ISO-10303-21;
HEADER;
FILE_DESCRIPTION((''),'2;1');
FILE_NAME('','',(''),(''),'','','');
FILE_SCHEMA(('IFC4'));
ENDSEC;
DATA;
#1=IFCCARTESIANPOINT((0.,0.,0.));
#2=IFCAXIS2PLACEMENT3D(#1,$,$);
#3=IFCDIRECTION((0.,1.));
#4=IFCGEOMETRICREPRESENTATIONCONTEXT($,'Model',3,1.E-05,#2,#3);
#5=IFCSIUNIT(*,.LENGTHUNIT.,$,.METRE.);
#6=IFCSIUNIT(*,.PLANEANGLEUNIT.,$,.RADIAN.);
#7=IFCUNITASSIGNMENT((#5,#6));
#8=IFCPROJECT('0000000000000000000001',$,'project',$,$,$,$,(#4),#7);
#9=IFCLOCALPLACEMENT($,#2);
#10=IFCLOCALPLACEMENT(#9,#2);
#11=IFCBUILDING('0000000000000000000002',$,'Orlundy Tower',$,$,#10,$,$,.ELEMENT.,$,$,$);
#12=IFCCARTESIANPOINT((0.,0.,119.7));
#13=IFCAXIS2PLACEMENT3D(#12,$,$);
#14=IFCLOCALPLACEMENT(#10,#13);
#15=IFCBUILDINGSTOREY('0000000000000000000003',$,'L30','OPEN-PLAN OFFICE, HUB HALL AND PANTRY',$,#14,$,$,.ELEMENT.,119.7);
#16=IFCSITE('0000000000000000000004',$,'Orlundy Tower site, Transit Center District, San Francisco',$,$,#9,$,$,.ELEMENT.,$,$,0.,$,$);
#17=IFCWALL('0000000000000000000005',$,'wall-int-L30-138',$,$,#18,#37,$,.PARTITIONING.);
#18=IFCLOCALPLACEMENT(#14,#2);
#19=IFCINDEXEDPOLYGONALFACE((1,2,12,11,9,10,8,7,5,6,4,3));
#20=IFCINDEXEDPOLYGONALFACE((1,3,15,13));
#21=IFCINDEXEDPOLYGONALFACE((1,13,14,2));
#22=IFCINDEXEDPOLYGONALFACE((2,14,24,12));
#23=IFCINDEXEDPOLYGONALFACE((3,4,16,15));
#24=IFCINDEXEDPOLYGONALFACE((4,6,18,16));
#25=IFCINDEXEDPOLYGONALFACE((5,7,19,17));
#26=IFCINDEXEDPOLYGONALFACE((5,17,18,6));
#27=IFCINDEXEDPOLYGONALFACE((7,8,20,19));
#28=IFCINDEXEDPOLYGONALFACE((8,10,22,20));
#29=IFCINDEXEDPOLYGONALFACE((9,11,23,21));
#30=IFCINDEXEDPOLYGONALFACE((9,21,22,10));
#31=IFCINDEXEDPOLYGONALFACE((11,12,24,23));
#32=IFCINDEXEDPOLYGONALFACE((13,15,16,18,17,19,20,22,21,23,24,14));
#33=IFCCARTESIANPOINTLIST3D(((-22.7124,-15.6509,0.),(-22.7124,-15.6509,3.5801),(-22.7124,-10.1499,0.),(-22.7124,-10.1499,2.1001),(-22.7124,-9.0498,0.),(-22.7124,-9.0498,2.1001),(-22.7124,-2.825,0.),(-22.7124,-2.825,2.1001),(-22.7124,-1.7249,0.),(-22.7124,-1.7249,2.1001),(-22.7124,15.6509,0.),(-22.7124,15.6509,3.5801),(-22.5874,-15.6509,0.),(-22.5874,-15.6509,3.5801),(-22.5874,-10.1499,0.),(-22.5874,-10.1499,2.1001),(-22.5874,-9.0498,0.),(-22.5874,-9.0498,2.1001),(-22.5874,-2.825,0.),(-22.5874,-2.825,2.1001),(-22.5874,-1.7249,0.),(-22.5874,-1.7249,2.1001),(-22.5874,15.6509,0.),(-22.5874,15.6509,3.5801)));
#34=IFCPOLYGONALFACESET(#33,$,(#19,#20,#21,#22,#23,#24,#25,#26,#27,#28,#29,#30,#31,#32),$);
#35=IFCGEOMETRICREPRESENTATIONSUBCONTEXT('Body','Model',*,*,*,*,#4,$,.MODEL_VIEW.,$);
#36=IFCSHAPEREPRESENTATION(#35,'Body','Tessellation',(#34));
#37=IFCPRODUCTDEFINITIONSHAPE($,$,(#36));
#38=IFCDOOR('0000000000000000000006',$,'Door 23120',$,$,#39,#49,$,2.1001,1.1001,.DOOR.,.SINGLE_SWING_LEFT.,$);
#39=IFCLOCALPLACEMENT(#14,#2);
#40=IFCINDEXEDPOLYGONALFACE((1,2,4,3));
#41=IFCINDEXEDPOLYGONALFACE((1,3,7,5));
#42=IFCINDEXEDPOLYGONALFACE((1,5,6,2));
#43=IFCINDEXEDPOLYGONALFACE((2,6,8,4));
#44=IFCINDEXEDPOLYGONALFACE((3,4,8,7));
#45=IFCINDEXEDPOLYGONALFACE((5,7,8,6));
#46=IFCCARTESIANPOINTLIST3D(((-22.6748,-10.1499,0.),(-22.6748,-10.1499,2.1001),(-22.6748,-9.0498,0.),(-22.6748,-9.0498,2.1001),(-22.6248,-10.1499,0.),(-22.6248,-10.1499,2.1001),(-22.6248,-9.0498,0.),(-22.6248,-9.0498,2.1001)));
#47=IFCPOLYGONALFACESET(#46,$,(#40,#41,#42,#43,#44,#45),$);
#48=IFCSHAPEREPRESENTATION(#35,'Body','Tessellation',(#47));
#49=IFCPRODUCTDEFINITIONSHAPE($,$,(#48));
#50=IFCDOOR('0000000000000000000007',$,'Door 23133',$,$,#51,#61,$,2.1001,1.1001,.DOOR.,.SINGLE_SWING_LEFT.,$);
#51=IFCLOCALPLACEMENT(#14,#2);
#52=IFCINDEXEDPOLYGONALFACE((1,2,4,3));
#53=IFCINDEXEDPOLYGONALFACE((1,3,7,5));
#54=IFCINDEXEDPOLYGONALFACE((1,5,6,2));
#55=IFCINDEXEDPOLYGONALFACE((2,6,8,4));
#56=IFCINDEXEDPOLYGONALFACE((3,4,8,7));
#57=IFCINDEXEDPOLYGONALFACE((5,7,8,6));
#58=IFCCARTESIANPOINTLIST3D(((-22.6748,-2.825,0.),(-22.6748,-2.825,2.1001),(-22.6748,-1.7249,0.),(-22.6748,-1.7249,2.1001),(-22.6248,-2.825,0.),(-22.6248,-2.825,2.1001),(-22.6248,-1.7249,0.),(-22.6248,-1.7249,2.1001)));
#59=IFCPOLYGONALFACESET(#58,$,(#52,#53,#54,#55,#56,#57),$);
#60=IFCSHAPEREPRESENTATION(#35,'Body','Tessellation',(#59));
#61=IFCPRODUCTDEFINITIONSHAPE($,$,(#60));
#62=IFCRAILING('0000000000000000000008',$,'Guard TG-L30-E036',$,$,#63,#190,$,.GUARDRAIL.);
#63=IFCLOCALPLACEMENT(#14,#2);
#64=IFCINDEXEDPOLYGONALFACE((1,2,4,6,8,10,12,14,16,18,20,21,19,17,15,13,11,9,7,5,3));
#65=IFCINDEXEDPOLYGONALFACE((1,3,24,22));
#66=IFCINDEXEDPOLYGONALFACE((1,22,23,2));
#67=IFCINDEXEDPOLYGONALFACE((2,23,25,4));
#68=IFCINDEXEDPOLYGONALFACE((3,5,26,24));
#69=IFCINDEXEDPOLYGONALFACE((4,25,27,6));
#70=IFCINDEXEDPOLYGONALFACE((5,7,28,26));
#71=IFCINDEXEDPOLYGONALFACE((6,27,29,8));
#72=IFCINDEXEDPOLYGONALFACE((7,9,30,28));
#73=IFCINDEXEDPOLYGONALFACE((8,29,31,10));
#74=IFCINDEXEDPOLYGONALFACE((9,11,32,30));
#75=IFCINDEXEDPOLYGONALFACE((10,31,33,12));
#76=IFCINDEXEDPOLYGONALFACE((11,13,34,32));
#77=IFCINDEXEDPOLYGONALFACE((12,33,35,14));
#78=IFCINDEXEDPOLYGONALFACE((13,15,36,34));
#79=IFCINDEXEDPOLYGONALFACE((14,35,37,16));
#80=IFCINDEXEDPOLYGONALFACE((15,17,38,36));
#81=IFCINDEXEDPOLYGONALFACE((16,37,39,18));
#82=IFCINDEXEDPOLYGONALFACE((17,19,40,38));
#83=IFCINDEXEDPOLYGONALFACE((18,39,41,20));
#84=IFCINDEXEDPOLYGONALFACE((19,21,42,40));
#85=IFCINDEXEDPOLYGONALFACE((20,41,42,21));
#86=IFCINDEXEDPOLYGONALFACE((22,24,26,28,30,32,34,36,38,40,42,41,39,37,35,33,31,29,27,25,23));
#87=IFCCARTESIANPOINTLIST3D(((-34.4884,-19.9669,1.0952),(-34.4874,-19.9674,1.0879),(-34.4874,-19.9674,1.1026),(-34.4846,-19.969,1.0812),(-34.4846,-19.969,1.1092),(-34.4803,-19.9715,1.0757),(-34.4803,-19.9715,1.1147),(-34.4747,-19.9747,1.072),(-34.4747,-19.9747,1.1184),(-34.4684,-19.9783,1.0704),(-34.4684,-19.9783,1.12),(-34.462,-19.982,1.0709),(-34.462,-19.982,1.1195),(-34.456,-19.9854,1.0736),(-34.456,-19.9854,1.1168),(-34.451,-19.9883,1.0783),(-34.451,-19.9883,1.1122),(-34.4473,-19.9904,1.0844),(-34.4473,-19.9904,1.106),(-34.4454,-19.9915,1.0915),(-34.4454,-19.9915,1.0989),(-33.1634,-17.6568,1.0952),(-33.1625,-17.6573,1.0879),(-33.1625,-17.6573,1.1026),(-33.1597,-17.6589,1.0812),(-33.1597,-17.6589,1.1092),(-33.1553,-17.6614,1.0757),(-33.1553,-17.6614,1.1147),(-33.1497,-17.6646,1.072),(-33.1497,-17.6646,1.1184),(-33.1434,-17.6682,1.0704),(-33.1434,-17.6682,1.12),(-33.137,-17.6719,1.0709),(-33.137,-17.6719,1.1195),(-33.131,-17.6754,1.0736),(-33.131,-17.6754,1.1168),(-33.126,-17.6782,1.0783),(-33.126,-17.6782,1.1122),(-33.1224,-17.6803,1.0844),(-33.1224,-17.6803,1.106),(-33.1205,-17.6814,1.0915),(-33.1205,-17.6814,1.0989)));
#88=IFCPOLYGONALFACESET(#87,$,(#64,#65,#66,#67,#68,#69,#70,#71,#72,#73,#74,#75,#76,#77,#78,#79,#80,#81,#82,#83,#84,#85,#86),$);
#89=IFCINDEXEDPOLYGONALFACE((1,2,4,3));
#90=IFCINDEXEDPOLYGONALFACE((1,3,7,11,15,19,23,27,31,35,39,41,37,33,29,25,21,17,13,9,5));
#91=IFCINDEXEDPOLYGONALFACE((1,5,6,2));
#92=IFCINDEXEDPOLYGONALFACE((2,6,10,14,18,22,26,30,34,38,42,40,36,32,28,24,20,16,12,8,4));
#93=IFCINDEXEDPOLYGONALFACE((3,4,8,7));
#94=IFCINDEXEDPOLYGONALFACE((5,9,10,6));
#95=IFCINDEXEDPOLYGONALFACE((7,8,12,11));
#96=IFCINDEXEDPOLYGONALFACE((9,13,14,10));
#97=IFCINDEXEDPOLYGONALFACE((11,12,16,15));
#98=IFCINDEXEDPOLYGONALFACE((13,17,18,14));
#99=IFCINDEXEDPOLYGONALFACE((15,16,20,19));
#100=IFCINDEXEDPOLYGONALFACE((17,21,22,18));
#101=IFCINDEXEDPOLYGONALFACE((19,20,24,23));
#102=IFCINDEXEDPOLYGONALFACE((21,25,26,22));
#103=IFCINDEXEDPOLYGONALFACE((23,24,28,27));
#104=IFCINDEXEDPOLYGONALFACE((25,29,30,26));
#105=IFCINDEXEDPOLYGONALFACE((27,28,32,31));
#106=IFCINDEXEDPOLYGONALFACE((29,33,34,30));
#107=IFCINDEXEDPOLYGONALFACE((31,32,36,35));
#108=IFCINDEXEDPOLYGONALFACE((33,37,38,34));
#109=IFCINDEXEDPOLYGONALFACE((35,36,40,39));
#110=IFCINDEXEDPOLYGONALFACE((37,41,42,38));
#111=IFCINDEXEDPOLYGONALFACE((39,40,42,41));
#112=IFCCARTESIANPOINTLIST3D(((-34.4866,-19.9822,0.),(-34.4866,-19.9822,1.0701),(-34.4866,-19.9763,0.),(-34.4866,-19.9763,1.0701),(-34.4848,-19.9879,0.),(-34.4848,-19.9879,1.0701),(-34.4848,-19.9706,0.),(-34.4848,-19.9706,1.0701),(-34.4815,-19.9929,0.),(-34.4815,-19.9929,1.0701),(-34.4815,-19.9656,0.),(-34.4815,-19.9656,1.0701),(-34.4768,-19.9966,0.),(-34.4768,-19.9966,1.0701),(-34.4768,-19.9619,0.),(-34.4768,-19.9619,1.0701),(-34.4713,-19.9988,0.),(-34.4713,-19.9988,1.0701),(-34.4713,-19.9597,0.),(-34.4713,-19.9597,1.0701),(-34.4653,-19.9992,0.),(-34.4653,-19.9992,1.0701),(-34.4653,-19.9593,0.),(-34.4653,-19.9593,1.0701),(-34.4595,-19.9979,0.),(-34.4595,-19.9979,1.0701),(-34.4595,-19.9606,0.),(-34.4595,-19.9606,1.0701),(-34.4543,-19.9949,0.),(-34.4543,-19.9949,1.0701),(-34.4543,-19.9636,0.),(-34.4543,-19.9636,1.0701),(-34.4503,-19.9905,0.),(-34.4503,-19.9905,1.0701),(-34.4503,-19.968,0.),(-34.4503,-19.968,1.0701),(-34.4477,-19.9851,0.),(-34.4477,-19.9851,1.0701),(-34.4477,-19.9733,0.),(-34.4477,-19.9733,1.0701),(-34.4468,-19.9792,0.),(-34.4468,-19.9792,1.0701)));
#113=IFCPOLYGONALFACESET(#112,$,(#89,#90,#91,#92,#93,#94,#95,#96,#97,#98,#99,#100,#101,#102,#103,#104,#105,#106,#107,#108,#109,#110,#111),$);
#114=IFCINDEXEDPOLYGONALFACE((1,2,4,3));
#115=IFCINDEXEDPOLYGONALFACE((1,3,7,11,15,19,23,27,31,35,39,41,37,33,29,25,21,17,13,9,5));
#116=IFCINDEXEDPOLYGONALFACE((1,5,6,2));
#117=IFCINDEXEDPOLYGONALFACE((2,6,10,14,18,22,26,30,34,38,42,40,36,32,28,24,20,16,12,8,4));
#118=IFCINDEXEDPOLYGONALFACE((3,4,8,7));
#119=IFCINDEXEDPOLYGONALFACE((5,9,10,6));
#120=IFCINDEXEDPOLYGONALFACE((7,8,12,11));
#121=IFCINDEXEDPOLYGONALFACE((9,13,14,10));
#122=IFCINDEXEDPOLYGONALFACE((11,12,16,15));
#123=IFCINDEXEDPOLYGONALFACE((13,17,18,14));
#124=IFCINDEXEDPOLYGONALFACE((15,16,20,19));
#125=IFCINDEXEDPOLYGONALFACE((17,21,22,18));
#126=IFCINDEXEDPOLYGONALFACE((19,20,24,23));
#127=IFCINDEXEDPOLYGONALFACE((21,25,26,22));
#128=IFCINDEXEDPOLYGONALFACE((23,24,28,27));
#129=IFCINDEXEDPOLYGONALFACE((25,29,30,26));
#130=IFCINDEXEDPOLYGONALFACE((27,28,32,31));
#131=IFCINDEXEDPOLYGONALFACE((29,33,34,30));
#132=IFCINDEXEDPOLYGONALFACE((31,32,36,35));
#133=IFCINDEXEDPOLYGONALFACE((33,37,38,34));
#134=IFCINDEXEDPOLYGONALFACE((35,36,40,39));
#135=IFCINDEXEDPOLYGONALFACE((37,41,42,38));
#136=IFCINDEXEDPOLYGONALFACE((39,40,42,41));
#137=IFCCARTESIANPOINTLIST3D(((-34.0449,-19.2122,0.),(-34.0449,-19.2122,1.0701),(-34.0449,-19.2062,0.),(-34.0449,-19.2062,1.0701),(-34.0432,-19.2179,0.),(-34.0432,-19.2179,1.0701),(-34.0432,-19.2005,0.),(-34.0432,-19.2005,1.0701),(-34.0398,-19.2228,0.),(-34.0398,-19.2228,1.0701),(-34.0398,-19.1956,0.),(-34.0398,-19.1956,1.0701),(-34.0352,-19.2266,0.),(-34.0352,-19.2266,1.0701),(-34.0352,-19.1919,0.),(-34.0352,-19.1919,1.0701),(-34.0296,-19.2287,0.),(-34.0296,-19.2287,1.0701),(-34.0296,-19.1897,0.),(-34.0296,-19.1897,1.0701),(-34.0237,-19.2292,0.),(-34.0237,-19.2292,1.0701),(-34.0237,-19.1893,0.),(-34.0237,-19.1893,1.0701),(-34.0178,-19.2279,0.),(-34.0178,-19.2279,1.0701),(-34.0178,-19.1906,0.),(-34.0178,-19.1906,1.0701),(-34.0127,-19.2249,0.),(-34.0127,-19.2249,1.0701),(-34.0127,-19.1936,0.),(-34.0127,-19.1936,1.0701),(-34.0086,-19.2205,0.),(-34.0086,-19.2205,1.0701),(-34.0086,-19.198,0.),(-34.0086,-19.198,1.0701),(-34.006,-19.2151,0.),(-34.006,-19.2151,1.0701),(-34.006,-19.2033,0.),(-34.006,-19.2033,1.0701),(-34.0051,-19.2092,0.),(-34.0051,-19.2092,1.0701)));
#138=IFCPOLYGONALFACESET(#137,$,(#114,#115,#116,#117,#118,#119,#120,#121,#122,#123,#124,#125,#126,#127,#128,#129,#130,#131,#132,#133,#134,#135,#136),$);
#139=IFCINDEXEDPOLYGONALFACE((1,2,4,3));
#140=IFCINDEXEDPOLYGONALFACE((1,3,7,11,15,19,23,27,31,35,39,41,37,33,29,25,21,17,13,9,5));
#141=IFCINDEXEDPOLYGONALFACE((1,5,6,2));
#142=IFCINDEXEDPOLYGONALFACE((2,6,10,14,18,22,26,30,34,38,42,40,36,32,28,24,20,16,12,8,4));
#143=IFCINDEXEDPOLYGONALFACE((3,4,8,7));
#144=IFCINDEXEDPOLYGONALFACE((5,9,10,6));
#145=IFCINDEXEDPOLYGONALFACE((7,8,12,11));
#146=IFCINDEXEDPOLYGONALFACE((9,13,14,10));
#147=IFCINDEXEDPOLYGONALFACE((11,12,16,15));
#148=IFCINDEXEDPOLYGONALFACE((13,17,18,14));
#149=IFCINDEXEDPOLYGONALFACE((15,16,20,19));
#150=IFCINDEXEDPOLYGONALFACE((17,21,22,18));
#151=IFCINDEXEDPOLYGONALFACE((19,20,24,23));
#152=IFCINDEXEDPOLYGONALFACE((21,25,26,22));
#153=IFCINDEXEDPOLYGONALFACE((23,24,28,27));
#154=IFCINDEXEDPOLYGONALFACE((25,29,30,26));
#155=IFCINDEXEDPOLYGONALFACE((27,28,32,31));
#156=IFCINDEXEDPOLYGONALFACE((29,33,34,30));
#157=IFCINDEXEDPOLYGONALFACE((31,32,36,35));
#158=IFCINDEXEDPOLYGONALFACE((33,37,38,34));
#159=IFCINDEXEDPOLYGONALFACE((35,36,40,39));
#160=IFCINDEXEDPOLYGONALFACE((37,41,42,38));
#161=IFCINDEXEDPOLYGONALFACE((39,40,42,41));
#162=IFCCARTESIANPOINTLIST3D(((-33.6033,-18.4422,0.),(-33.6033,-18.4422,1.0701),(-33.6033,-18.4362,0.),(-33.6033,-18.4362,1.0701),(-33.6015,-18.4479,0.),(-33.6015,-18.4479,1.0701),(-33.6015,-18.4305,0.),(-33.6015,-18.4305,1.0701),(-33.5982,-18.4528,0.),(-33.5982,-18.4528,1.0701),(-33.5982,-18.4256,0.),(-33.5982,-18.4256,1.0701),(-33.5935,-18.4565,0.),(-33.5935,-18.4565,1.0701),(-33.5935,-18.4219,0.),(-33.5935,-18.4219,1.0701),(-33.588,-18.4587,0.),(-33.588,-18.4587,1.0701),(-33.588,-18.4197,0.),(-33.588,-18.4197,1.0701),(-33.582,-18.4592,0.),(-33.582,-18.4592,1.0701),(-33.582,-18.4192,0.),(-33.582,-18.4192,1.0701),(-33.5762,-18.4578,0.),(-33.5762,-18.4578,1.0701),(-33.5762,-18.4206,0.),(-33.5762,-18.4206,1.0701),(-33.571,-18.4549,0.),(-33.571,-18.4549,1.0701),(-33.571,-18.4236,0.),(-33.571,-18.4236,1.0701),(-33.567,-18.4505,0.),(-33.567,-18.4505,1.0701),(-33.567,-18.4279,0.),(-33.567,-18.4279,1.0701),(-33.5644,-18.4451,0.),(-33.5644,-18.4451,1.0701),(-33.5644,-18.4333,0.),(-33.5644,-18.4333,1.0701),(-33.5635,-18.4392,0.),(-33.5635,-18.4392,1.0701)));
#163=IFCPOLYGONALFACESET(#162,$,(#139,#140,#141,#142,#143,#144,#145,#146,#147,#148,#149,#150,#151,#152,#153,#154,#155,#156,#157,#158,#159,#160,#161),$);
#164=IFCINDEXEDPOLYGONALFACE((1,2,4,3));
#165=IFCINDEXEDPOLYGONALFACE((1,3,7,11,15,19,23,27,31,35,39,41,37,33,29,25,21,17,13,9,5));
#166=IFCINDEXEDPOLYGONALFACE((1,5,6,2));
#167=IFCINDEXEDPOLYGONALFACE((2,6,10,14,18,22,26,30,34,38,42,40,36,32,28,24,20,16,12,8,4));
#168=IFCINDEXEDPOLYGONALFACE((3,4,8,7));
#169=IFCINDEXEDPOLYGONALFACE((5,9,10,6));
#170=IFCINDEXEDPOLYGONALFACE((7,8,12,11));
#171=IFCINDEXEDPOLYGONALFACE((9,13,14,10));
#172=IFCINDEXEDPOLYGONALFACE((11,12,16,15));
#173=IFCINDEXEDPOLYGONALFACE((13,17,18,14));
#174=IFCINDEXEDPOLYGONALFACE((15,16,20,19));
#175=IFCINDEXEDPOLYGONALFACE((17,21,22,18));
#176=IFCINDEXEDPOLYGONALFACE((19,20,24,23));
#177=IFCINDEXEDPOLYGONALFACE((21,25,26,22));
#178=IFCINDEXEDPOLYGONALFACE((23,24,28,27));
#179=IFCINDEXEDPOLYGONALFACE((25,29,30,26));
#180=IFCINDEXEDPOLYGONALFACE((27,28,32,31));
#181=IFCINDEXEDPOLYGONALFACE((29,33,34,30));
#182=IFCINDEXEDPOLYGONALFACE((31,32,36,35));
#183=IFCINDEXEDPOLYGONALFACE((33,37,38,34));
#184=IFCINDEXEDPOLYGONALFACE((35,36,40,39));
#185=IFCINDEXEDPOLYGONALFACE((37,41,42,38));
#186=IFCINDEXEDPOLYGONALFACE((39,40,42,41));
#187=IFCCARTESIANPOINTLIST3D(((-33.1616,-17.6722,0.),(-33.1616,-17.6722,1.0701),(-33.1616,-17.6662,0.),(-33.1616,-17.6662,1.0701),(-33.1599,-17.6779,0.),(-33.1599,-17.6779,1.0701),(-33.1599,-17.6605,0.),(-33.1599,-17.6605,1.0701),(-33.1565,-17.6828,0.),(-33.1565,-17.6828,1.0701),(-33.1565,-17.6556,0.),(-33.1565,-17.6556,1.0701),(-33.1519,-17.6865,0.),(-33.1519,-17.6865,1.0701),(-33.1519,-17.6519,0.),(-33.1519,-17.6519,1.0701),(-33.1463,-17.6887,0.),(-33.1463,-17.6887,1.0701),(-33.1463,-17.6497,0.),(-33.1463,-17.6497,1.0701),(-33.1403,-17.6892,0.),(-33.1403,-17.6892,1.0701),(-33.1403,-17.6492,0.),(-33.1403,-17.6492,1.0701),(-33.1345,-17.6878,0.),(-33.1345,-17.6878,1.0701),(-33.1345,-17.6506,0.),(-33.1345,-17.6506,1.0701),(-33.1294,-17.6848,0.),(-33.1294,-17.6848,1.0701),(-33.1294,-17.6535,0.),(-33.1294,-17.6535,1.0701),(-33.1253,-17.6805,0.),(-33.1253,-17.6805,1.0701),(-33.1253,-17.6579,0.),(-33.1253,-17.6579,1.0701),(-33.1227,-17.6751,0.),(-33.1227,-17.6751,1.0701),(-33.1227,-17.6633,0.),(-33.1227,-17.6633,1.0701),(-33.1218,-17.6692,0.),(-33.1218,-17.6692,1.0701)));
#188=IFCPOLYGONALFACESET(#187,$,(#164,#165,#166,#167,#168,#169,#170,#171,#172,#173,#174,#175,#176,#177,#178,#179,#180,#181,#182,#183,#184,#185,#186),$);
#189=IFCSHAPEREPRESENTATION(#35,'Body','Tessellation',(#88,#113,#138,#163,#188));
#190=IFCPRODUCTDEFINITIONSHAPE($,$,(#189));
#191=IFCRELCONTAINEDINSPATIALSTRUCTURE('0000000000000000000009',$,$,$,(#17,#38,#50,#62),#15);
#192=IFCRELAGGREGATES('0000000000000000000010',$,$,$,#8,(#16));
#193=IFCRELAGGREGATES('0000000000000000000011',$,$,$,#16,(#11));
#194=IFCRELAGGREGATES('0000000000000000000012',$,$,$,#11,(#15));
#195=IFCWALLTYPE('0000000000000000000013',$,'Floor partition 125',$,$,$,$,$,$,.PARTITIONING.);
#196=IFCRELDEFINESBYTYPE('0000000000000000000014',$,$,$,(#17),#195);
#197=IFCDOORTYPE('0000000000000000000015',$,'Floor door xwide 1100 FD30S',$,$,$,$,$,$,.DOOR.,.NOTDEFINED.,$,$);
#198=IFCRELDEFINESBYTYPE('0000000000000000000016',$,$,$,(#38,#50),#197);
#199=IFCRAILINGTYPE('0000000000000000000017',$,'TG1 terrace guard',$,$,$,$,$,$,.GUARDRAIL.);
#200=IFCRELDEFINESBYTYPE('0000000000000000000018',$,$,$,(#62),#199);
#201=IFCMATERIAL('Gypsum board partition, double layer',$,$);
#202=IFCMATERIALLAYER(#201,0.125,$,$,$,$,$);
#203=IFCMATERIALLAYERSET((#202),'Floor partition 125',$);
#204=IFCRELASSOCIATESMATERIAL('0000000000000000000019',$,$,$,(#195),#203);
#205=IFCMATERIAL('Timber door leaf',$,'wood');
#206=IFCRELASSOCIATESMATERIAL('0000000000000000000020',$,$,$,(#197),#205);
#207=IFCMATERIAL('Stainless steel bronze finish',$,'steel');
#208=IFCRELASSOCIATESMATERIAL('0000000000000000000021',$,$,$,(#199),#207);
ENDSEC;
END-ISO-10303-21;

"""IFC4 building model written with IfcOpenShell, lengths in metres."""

from ifc_helpers import new_model, si_unit, direction, frame, frame_2d, origin, origin_2d, place, context, subcontext, project, spatial, rectangle, circle, extrude, material, layer, layer_set, type_object, element, fill, save


model = new_model("IFC4")

# Units and contexts
model_context = context("Model", 3, precision=1e-05, world=origin(), true_north=direction((0.0, 1.0)))
body_context = subcontext(model_context, "Body", "Model", "MODEL_VIEW")
ifc_project = project(units=[si_unit("LENGTHUNIT", "METRE"), si_unit("PLANEANGLEUNIT", "RADIAN")], contexts=[model_context])

# Site, building, storey
site_placement = place(None, origin())
site = spatial("IfcSite", under=ifc_project, at=site_placement, Name="Orlundy Tower site, Transit Center District, San Francisco", CompositionType="ELEMENT", RefElevation=0.0)
building_placement = place(site_placement, origin())
building = spatial("IfcBuilding", under=site, at=building_placement, Name="Orlundy Tower", CompositionType="ELEMENT")
storey_placement = place(building_placement, frame((0.0, 0.0, 119.7)))
storey = spatial("IfcBuildingStorey", under=building, at=storey_placement, Name="L30", Description="OPEN-PLAN OFFICE, HUB HALL AND PANTRY", CompositionType="ELEMENT", Elevation=119.7)

# Shared definitions
ifc_material_1 = material(Name="Gypsum board partition, double layer")
ifc_layer_1 = layer(ifc_material_1, 0.125)
ifc_layer_set_1 = layer_set([ifc_layer_1], Name="Floor partition 125")
wall_type_1 = type_object("IfcWallType", Name="Floor partition 125", PredefinedType="PARTITIONING", material=ifc_layer_set_1)

# Wall, openings, doors
wall_1_placement = place(storey_placement, frame((-22.6499, -15.6509, 0.0), z_axis=(0.0, 0.0, 1.0), x_axis=(0.0, 1.0, 0.0)))
wall_1 = element("IfcWall", 1, at=wall_1_placement, inside=storey, type_object=wall_type_1, Name="wall-int-L30-138", PredefinedType="PARTITIONING", context=body_context, shape_type="SweptSolid", body=[
    extrude(rectangle(XDim=31.3018, YDim=0.125, at=frame_2d((15.6509, 0.0))), origin(), (0.0, 0.0, 1.0), 3.5801),
])
opening_1_placement = place(wall_1_placement, frame((5.501, 0.0, 0.0)))
opening_1 = element("IfcOpeningElement", 2, at=opening_1_placement, cuts=wall_1, PredefinedType="OPENING", context=body_context, shape_type="SweptSolid", body=[
    extrude(rectangle(XDim=1.1001, YDim=2.1001, at=frame_2d((0.55, 1.05))), frame((0.0, 0.0725, 0.0), z_axis=(0.0, -1.0, 0.0), x_axis=(1.0, 0.0, 0.0)), (0.0, 0.0, 1.0), 0.145),
])
opening_2_placement = place(wall_1_placement, frame((12.8259, 0.0, 0.0)))
opening_2 = element("IfcOpeningElement", 3, at=opening_2_placement, cuts=wall_1, PredefinedType="OPENING", context=body_context, shape_type="SweptSolid", body=[
    extrude(rectangle(XDim=1.1001, YDim=2.1001, at=frame_2d((0.55, 1.05))), frame((0.0, 0.0725, 0.0), z_axis=(0.0, -1.0, 0.0), x_axis=(1.0, 0.0, 0.0)), (0.0, 0.0, 1.0), 0.145),
])
ifc_material_2 = material(Name="Timber door leaf", Category="wood")
door_type = type_object("IfcDoorType", Name="Floor door xwide 1100 FD30S", OperationType="NOTDEFINED", PredefinedType="DOOR", material=ifc_material_2)
door_1_placement = place(opening_1_placement, origin())
door_1 = element("IfcDoor", 4, at=door_1_placement, inside=storey, type_object=door_type, Name="Door 23120", OperationType="SINGLE_SWING_LEFT", OverallHeight=2.1001, OverallWidth=1.1001, PredefinedType="DOOR", context=body_context, shape_type="SweptSolid", body=[
    extrude(rectangle(XDim=1.1001, YDim=2.1001, at=frame_2d((0.55, 1.05))), frame((0.0, 0.0249, 0.0), z_axis=(0.0, -1.0, 0.0), x_axis=(1.0, 0.0, 0.0)), (0.0, 0.0, 1.0), 0.05),
])
fill(opening_1, door_1)
door_2_placement = place(opening_2_placement, origin())
door_2 = element("IfcDoor", 5, at=door_2_placement, inside=storey, type_object=door_type, Name="Door 23133", OperationType="SINGLE_SWING_LEFT", OverallHeight=2.1001, OverallWidth=1.1001, PredefinedType="DOOR", context=body_context, shape_type="SweptSolid", body=[
    extrude(rectangle(XDim=1.1001, YDim=2.1001, at=frame_2d((0.55, 1.05))), frame((0.0, 0.0249, 0.0), z_axis=(0.0, -1.0, 0.0), x_axis=(1.0, 0.0, 0.0)), (0.0, 0.0, 1.0), 0.05),
])
fill(opening_2, door_2)

# Railing
ifc_material_3 = material(Name="Stainless steel bronze finish", Category="steel")
railing_type = type_object("IfcRailingType", Name="TG1 terrace guard", PredefinedType="GUARDRAIL", material=ifc_material_3)
railing_placement = place(storey_placement, frame((-34.4668, -19.9792, 0.0)))
element("IfcRailing", 6, at=railing_placement, inside=storey, type_object=railing_type, Name="Guard TG-L30-E036", PredefinedType="GUARDRAIL", context=body_context, shape_type="SweptSolid", body=[
    extrude(circle(Radius=0.0249, at=origin_2d()), frame((0.0, 0.0, 1.0952), z_axis=(0.49753, 0.867447, 0.0), x_axis=(-0.867447, 0.49753, 0.0)), (0.0, 0.0, 1.0), 2.6631),
    extrude(circle(Radius=0.02, at=origin_2d()), origin(), (0.0, 0.0, 1.0), 1.0701),
    extrude(circle(Radius=0.02, at=origin_2d()), frame((0.4417, 0.77, 0.0)), (0.0, 0.0, 1.0), 1.0701),
    extrude(circle(Radius=0.02, at=origin_2d()), frame((0.8833, 1.54, 0.0)), (0.0, 0.0, 1.0), 1.0701),
    extrude(circle(Radius=0.02, at=origin_2d()), frame((1.325, 2.3101, 0.0)), (0.0, 0.0, 1.0), 1.0701),
])

save(model, "model.ifc")
